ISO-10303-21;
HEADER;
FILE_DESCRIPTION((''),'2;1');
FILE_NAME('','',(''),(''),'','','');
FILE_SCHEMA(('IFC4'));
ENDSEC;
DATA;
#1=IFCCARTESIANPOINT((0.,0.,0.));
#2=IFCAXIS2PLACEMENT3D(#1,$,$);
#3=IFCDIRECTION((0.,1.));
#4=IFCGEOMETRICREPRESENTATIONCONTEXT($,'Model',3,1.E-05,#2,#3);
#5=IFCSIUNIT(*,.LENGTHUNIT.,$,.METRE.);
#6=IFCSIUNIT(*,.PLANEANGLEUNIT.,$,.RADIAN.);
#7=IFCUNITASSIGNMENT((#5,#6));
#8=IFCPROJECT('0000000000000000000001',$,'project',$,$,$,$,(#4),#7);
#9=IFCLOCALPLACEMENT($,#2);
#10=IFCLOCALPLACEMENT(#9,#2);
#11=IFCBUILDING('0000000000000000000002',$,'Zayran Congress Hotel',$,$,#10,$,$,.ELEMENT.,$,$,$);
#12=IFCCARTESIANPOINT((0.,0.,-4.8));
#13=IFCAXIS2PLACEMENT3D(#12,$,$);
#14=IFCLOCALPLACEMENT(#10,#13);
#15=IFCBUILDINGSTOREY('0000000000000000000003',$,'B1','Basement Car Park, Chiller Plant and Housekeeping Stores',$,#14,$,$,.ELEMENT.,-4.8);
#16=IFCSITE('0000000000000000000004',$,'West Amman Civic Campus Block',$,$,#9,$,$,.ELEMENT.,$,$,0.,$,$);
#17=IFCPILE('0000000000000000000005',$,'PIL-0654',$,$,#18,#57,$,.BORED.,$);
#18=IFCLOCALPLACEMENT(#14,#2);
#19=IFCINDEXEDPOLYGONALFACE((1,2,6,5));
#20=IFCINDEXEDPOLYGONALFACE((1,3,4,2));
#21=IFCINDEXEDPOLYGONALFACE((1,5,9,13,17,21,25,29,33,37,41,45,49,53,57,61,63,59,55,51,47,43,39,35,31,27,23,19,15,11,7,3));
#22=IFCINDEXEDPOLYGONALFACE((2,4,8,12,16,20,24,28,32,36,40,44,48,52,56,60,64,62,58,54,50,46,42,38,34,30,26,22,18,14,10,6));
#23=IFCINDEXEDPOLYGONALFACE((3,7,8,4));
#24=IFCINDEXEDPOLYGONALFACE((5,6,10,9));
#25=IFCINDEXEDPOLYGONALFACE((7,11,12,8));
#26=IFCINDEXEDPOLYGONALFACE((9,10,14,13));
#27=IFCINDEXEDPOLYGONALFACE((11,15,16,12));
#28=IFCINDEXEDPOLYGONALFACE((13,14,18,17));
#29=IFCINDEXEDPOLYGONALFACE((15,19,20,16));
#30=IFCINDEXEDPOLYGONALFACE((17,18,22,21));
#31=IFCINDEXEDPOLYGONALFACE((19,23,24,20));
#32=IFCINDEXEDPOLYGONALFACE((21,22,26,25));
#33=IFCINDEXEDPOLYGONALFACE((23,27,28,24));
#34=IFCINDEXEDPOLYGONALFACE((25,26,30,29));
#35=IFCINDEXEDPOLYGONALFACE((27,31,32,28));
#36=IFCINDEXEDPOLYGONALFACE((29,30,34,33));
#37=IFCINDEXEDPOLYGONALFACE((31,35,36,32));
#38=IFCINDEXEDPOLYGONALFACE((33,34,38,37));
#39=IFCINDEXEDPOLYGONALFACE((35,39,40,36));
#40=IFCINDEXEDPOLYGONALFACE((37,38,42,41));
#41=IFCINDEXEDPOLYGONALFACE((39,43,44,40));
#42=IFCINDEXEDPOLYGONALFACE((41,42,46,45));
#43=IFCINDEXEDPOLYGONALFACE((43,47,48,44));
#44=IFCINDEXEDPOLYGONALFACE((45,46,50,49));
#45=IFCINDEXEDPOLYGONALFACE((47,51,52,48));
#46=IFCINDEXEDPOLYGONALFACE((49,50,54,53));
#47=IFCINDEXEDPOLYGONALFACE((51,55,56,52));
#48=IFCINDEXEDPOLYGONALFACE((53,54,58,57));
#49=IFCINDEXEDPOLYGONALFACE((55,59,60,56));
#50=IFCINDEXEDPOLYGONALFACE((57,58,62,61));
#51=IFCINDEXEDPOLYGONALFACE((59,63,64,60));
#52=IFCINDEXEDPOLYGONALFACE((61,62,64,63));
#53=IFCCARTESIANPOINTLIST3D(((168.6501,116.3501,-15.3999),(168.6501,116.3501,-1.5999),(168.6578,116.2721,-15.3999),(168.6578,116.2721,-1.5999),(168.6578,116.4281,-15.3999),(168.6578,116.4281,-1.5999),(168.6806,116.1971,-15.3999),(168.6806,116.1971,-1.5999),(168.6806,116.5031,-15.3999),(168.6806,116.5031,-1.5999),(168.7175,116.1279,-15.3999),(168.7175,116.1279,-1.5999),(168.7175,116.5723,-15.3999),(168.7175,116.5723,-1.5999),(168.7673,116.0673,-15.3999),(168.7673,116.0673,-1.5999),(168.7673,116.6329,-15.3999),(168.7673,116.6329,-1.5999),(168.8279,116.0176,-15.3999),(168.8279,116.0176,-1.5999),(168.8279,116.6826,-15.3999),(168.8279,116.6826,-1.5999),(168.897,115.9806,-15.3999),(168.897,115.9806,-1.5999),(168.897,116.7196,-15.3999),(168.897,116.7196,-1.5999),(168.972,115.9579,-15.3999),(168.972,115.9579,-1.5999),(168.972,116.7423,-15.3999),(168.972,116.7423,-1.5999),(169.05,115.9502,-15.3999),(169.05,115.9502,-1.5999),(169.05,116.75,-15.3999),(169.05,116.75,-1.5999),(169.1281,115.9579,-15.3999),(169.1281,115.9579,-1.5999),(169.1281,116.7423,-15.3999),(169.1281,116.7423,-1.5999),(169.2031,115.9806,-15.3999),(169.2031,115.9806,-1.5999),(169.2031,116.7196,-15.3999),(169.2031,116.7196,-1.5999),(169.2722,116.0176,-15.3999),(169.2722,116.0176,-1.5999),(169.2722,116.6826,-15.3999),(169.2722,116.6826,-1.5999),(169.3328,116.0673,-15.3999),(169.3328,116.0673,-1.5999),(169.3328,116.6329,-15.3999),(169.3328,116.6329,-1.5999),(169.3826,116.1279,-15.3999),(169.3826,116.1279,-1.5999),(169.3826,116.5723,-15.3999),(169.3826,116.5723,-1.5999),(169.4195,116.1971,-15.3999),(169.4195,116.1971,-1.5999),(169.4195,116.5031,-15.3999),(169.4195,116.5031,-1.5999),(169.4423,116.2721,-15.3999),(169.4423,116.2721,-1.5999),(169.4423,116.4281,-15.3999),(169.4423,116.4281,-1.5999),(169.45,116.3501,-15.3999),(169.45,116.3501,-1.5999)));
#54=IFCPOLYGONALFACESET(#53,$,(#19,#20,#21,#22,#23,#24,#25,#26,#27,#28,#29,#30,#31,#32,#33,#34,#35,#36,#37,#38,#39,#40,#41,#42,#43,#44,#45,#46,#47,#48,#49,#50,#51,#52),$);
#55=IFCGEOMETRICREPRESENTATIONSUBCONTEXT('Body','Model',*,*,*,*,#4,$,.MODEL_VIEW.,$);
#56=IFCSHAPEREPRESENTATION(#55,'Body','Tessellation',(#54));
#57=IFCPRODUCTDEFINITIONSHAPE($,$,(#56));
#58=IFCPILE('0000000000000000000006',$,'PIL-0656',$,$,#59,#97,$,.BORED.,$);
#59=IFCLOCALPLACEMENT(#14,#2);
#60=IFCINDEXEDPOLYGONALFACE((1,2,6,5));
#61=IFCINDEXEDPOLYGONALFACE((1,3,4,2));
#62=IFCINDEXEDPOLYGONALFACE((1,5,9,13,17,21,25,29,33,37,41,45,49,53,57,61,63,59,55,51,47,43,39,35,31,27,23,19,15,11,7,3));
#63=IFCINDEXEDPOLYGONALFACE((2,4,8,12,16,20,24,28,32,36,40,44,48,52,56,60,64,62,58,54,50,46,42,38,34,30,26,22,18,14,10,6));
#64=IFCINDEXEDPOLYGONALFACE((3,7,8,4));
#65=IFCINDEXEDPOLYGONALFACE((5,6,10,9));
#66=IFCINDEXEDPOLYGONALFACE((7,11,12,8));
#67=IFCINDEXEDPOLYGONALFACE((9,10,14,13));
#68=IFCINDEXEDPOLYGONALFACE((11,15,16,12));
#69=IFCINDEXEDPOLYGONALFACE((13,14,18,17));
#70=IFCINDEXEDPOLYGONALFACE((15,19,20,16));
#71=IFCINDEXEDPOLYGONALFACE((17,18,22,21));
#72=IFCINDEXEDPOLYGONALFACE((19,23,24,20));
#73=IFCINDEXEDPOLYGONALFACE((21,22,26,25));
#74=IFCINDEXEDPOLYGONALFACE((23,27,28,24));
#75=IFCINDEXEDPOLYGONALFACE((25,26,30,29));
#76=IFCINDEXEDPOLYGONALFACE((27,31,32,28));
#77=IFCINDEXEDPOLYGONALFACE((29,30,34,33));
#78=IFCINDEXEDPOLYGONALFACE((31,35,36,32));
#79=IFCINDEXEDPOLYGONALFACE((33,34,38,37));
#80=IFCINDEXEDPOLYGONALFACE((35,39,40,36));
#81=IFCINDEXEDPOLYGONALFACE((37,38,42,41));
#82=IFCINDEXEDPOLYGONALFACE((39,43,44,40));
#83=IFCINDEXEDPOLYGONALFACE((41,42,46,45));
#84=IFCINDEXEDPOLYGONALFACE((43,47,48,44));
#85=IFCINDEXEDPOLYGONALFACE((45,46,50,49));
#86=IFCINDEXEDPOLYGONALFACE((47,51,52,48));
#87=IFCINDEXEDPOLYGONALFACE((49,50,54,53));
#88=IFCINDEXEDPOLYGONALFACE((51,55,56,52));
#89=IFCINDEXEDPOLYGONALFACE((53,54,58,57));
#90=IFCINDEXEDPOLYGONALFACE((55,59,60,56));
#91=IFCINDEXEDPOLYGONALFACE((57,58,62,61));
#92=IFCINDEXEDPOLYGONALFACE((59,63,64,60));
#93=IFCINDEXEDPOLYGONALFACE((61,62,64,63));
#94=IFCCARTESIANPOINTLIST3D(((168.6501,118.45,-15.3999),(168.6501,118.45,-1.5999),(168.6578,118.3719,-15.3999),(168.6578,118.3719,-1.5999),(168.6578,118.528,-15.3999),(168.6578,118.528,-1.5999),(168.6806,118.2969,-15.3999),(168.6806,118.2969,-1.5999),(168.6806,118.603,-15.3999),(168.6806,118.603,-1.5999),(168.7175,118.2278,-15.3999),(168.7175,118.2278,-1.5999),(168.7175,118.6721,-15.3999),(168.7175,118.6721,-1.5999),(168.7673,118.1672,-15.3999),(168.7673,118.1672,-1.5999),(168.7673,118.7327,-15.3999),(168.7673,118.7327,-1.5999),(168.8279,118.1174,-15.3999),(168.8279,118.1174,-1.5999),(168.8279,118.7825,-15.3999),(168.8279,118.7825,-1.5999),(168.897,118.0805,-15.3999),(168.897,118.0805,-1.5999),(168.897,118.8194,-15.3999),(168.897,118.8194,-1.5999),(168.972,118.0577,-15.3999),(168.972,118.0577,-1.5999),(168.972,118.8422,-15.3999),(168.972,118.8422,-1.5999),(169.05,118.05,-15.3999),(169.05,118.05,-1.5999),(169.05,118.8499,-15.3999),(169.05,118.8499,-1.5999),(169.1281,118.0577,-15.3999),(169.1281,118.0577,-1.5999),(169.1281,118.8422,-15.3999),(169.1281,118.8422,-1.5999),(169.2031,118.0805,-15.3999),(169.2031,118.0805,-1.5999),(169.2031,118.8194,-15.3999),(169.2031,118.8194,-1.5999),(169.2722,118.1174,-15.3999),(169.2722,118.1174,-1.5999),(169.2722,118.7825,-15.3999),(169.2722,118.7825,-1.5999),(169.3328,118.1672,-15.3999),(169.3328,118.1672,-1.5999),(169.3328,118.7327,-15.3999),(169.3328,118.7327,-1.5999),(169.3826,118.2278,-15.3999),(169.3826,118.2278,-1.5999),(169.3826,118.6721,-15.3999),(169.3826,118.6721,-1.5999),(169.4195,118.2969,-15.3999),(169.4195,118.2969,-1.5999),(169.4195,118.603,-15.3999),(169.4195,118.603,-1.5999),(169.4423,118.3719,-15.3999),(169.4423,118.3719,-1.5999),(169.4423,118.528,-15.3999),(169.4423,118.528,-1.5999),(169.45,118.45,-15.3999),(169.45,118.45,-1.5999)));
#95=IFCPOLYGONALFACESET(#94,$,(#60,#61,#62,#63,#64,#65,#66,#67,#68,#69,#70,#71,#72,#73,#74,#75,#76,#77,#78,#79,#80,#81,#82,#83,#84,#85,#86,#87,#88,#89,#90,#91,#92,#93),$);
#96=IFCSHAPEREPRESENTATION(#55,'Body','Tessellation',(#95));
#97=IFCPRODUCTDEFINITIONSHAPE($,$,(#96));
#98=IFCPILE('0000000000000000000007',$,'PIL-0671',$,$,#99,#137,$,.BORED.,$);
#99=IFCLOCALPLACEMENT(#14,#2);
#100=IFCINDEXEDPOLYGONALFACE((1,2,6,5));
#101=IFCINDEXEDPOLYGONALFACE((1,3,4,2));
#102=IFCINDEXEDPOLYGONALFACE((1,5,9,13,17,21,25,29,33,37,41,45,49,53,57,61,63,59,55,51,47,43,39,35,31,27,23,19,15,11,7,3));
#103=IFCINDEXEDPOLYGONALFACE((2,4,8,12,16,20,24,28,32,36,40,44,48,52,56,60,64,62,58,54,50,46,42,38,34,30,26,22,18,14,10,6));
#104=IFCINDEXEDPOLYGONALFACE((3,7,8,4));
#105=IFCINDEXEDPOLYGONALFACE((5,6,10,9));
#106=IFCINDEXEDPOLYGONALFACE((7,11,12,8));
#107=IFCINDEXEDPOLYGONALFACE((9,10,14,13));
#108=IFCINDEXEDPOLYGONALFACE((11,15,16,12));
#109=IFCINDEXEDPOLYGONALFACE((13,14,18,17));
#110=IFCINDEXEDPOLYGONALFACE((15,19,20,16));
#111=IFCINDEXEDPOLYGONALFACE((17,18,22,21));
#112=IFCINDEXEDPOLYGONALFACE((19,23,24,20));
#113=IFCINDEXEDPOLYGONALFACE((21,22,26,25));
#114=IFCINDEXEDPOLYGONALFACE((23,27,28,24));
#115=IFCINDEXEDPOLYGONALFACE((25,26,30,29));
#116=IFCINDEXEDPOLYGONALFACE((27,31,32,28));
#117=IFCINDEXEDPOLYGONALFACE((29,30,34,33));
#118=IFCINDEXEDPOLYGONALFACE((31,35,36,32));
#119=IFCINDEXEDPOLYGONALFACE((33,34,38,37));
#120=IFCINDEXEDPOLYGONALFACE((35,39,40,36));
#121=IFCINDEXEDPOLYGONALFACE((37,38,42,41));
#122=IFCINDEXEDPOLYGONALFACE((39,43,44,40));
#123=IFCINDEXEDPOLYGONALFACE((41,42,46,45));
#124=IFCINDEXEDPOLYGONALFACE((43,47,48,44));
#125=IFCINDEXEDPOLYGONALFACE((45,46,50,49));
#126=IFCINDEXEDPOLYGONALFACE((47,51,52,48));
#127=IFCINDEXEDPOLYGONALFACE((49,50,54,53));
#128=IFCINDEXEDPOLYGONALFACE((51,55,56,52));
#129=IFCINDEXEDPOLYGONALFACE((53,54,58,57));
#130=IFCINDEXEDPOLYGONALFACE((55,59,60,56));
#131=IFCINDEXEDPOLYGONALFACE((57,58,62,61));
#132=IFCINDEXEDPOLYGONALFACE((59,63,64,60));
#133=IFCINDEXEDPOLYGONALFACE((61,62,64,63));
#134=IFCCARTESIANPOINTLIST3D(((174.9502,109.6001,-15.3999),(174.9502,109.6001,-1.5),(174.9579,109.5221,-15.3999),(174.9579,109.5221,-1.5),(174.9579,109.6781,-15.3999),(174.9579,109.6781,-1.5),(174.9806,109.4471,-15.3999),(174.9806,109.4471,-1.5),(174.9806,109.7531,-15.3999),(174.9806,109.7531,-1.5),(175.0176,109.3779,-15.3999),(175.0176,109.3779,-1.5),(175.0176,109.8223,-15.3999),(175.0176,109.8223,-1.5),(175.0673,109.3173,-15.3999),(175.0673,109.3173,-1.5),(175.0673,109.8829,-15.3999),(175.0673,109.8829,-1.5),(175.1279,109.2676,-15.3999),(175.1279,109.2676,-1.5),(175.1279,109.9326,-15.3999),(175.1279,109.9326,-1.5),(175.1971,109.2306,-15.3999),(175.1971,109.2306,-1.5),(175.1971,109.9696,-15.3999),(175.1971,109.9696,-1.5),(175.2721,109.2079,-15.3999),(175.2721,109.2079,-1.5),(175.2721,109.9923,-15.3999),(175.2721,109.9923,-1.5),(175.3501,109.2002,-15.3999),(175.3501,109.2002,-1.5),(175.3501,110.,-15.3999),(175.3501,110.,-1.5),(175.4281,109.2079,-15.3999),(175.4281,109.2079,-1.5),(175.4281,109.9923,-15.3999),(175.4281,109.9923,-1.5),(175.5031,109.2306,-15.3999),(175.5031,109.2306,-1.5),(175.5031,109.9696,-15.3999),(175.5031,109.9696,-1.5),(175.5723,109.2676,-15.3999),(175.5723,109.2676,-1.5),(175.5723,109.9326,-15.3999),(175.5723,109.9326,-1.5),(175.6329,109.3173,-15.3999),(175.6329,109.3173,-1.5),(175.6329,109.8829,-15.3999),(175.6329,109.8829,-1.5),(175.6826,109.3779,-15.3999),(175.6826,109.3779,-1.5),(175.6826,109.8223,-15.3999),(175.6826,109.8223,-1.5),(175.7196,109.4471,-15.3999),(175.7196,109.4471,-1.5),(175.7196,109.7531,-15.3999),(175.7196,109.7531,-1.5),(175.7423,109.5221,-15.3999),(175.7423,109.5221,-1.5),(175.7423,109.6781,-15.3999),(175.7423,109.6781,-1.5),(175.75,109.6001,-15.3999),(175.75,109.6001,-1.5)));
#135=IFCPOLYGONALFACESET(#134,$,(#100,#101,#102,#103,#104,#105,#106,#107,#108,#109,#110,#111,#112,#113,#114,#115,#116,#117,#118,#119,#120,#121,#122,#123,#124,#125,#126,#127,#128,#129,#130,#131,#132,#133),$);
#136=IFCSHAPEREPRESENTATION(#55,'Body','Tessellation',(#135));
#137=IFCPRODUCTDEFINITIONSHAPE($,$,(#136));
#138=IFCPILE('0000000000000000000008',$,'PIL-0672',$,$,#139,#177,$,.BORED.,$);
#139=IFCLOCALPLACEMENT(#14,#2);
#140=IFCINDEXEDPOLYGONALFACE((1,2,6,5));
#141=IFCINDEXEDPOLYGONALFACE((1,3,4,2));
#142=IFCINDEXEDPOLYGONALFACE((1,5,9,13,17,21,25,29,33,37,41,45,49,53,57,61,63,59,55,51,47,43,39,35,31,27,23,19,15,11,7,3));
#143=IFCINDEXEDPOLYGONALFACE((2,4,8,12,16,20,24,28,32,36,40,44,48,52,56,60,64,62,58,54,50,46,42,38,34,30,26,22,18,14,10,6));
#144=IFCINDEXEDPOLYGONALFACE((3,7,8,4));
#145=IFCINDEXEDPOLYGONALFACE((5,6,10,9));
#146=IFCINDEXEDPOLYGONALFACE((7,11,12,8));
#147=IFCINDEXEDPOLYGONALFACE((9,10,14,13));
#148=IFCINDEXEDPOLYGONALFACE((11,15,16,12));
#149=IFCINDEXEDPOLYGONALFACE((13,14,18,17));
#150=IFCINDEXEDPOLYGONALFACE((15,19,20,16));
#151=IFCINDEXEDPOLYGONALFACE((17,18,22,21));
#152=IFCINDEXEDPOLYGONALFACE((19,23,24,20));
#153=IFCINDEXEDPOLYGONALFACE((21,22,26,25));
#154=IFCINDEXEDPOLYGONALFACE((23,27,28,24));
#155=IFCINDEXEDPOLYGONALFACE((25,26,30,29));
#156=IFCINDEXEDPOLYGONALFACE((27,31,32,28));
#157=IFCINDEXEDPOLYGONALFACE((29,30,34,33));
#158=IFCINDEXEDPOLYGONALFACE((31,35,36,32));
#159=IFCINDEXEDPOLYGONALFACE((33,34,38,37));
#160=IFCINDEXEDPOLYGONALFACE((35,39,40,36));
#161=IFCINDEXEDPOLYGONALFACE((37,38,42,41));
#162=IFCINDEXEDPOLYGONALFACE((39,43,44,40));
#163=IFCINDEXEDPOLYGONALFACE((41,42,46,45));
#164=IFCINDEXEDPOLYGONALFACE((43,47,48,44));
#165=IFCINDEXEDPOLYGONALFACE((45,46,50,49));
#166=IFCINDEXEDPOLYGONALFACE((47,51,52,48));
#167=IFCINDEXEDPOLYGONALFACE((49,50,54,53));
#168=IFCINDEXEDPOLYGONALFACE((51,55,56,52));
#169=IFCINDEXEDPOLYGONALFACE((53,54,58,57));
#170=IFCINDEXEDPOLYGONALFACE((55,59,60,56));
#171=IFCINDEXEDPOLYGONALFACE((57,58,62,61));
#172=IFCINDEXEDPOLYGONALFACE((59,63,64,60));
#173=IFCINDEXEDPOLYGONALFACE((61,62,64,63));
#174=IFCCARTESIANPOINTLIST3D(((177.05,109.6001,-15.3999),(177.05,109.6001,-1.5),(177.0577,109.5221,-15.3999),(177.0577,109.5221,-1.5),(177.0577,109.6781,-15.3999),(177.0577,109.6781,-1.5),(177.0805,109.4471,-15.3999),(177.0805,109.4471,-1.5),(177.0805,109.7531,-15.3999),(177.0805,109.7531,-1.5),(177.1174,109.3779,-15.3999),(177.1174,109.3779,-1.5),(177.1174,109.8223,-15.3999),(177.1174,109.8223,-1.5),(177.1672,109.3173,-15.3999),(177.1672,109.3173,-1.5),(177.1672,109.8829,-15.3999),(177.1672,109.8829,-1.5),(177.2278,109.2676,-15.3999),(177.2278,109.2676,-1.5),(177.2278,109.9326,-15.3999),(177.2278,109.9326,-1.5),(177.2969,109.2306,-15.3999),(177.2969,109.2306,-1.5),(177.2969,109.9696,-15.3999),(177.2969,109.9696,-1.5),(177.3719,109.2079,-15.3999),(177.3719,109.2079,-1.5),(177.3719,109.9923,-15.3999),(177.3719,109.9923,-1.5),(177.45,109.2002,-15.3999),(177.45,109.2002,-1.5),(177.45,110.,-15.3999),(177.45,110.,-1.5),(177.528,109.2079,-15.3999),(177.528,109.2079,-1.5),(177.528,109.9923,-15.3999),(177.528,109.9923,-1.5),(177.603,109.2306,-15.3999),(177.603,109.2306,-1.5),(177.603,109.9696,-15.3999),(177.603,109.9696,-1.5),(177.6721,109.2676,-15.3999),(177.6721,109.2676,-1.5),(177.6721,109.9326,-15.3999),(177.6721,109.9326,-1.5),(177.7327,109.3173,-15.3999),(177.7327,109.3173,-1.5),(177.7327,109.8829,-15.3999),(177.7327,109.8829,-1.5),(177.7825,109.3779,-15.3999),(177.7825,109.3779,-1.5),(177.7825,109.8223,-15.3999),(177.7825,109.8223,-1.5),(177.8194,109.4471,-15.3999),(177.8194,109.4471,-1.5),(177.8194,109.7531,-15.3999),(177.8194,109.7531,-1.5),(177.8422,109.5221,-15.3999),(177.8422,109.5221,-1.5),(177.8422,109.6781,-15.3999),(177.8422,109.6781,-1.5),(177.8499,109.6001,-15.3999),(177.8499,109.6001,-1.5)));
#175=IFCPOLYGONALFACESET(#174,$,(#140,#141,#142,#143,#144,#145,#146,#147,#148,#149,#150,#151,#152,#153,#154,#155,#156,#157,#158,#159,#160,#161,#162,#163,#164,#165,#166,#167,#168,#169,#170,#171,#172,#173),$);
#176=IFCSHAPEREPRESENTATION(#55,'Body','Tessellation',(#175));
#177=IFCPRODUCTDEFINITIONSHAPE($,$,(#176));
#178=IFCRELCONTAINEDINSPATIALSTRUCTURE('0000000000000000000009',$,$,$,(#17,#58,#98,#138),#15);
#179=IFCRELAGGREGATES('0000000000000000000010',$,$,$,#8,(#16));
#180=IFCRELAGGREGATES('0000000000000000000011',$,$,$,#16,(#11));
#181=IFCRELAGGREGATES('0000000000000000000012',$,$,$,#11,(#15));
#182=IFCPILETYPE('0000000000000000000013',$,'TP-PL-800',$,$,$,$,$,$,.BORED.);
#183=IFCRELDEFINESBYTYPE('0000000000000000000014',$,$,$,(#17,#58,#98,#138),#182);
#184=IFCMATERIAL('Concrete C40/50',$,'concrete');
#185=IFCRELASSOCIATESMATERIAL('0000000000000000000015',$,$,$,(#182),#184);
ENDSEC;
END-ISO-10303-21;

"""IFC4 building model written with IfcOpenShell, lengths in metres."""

from ifc_helpers import new_model, si_unit, direction, frame, origin, origin_2d, place, context, subcontext, project, spatial, circle, extrude, material, material_profile, profile_set, type_object, element, save


model = new_model("IFC4")

# Units and contexts
model_context = context("Model", 3, precision=1e-05, world=origin(), true_north=direction((0.0, 1.0)))
body_context = subcontext(model_context, "Body", "Model", "MODEL_VIEW")
ifc_project = project(units=[si_unit("LENGTHUNIT", "METRE"), si_unit("PLANEANGLEUNIT", "RADIAN")], contexts=[model_context])

# Site, building, storey
site_placement = place(None, origin())
site = spatial("IfcSite", under=ifc_project, at=site_placement, Name="West Amman Civic Campus Block", CompositionType="ELEMENT", RefElevation=0.0)
building_placement = place(site_placement, origin())
building = spatial("IfcBuilding", under=site, at=building_placement, Name="Zayran Congress Hotel", CompositionType="ELEMENT")
storey_placement = place(building_placement, frame((0.0, 0.0, -4.8)))
storey = spatial("IfcBuildingStorey", under=building, at=storey_placement, Name="B1", Description="Basement Car Park, Chiller Plant and Housekeeping Stores", CompositionType="ELEMENT", Elevation=-4.8)

# Piles
ifc_material = material(Name="Concrete C40/50", Category="concrete")
ifc_material_profile_1 = material_profile(ifc_material, circle(Radius=0.3999, at=origin_2d()), Name="PILE D800")
ifc_profile_set_1 = profile_set([ifc_material_profile_1], Name="Concrete C40/50")
pile_type = type_object("IfcPileType", Name="TP-PL-800", PredefinedType="BORED", material=ifc_profile_set_1)
for number, where, z_axis, x_axis, name in (
    (1, (169.05, 116.3501, -1.5999), (0.0, 0.0, -1.0), (1.0, 0.0, 0.0), "PIL-0654"),
    (2, (169.05, 118.45, -1.5999), (0.0, 0.0, -1.0), (1.0, 0.0, 0.0), "PIL-0656"),
):
    element("IfcPile", number, at=place(storey_placement, frame(where, z_axis=z_axis, x_axis=x_axis)), inside=storey, type_object=pile_type, Name=name, PredefinedType="BORED", context=body_context, shape_type="SweptSolid", body=[
        extrude(circle(Radius=0.3999, at=origin_2d()), origin(), (0.0, 0.0, 1.0), 13.8),
    ])
for number, where, z_axis, x_axis, name in (
    (3, (175.3501, 109.6001, -1.5), (0.0, 0.0, -1.0), (1.0, 0.0, 0.0), "PIL-0671"),
    (4, (177.45, 109.6001, -1.5), (0.0, 0.0, -1.0), (1.0, 0.0, 0.0), "PIL-0672"),
):
    element("IfcPile", number, at=place(storey_placement, frame(where, z_axis=z_axis, x_axis=x_axis)), inside=storey, type_object=pile_type, Name=name, PredefinedType="BORED", context=body_context, shape_type="SweptSolid", body=[
        extrude(circle(Radius=0.3999, at=origin_2d()), origin(), (0.0, 0.0, 1.0), 13.8999),
    ])

save(model, "model.ifc")
